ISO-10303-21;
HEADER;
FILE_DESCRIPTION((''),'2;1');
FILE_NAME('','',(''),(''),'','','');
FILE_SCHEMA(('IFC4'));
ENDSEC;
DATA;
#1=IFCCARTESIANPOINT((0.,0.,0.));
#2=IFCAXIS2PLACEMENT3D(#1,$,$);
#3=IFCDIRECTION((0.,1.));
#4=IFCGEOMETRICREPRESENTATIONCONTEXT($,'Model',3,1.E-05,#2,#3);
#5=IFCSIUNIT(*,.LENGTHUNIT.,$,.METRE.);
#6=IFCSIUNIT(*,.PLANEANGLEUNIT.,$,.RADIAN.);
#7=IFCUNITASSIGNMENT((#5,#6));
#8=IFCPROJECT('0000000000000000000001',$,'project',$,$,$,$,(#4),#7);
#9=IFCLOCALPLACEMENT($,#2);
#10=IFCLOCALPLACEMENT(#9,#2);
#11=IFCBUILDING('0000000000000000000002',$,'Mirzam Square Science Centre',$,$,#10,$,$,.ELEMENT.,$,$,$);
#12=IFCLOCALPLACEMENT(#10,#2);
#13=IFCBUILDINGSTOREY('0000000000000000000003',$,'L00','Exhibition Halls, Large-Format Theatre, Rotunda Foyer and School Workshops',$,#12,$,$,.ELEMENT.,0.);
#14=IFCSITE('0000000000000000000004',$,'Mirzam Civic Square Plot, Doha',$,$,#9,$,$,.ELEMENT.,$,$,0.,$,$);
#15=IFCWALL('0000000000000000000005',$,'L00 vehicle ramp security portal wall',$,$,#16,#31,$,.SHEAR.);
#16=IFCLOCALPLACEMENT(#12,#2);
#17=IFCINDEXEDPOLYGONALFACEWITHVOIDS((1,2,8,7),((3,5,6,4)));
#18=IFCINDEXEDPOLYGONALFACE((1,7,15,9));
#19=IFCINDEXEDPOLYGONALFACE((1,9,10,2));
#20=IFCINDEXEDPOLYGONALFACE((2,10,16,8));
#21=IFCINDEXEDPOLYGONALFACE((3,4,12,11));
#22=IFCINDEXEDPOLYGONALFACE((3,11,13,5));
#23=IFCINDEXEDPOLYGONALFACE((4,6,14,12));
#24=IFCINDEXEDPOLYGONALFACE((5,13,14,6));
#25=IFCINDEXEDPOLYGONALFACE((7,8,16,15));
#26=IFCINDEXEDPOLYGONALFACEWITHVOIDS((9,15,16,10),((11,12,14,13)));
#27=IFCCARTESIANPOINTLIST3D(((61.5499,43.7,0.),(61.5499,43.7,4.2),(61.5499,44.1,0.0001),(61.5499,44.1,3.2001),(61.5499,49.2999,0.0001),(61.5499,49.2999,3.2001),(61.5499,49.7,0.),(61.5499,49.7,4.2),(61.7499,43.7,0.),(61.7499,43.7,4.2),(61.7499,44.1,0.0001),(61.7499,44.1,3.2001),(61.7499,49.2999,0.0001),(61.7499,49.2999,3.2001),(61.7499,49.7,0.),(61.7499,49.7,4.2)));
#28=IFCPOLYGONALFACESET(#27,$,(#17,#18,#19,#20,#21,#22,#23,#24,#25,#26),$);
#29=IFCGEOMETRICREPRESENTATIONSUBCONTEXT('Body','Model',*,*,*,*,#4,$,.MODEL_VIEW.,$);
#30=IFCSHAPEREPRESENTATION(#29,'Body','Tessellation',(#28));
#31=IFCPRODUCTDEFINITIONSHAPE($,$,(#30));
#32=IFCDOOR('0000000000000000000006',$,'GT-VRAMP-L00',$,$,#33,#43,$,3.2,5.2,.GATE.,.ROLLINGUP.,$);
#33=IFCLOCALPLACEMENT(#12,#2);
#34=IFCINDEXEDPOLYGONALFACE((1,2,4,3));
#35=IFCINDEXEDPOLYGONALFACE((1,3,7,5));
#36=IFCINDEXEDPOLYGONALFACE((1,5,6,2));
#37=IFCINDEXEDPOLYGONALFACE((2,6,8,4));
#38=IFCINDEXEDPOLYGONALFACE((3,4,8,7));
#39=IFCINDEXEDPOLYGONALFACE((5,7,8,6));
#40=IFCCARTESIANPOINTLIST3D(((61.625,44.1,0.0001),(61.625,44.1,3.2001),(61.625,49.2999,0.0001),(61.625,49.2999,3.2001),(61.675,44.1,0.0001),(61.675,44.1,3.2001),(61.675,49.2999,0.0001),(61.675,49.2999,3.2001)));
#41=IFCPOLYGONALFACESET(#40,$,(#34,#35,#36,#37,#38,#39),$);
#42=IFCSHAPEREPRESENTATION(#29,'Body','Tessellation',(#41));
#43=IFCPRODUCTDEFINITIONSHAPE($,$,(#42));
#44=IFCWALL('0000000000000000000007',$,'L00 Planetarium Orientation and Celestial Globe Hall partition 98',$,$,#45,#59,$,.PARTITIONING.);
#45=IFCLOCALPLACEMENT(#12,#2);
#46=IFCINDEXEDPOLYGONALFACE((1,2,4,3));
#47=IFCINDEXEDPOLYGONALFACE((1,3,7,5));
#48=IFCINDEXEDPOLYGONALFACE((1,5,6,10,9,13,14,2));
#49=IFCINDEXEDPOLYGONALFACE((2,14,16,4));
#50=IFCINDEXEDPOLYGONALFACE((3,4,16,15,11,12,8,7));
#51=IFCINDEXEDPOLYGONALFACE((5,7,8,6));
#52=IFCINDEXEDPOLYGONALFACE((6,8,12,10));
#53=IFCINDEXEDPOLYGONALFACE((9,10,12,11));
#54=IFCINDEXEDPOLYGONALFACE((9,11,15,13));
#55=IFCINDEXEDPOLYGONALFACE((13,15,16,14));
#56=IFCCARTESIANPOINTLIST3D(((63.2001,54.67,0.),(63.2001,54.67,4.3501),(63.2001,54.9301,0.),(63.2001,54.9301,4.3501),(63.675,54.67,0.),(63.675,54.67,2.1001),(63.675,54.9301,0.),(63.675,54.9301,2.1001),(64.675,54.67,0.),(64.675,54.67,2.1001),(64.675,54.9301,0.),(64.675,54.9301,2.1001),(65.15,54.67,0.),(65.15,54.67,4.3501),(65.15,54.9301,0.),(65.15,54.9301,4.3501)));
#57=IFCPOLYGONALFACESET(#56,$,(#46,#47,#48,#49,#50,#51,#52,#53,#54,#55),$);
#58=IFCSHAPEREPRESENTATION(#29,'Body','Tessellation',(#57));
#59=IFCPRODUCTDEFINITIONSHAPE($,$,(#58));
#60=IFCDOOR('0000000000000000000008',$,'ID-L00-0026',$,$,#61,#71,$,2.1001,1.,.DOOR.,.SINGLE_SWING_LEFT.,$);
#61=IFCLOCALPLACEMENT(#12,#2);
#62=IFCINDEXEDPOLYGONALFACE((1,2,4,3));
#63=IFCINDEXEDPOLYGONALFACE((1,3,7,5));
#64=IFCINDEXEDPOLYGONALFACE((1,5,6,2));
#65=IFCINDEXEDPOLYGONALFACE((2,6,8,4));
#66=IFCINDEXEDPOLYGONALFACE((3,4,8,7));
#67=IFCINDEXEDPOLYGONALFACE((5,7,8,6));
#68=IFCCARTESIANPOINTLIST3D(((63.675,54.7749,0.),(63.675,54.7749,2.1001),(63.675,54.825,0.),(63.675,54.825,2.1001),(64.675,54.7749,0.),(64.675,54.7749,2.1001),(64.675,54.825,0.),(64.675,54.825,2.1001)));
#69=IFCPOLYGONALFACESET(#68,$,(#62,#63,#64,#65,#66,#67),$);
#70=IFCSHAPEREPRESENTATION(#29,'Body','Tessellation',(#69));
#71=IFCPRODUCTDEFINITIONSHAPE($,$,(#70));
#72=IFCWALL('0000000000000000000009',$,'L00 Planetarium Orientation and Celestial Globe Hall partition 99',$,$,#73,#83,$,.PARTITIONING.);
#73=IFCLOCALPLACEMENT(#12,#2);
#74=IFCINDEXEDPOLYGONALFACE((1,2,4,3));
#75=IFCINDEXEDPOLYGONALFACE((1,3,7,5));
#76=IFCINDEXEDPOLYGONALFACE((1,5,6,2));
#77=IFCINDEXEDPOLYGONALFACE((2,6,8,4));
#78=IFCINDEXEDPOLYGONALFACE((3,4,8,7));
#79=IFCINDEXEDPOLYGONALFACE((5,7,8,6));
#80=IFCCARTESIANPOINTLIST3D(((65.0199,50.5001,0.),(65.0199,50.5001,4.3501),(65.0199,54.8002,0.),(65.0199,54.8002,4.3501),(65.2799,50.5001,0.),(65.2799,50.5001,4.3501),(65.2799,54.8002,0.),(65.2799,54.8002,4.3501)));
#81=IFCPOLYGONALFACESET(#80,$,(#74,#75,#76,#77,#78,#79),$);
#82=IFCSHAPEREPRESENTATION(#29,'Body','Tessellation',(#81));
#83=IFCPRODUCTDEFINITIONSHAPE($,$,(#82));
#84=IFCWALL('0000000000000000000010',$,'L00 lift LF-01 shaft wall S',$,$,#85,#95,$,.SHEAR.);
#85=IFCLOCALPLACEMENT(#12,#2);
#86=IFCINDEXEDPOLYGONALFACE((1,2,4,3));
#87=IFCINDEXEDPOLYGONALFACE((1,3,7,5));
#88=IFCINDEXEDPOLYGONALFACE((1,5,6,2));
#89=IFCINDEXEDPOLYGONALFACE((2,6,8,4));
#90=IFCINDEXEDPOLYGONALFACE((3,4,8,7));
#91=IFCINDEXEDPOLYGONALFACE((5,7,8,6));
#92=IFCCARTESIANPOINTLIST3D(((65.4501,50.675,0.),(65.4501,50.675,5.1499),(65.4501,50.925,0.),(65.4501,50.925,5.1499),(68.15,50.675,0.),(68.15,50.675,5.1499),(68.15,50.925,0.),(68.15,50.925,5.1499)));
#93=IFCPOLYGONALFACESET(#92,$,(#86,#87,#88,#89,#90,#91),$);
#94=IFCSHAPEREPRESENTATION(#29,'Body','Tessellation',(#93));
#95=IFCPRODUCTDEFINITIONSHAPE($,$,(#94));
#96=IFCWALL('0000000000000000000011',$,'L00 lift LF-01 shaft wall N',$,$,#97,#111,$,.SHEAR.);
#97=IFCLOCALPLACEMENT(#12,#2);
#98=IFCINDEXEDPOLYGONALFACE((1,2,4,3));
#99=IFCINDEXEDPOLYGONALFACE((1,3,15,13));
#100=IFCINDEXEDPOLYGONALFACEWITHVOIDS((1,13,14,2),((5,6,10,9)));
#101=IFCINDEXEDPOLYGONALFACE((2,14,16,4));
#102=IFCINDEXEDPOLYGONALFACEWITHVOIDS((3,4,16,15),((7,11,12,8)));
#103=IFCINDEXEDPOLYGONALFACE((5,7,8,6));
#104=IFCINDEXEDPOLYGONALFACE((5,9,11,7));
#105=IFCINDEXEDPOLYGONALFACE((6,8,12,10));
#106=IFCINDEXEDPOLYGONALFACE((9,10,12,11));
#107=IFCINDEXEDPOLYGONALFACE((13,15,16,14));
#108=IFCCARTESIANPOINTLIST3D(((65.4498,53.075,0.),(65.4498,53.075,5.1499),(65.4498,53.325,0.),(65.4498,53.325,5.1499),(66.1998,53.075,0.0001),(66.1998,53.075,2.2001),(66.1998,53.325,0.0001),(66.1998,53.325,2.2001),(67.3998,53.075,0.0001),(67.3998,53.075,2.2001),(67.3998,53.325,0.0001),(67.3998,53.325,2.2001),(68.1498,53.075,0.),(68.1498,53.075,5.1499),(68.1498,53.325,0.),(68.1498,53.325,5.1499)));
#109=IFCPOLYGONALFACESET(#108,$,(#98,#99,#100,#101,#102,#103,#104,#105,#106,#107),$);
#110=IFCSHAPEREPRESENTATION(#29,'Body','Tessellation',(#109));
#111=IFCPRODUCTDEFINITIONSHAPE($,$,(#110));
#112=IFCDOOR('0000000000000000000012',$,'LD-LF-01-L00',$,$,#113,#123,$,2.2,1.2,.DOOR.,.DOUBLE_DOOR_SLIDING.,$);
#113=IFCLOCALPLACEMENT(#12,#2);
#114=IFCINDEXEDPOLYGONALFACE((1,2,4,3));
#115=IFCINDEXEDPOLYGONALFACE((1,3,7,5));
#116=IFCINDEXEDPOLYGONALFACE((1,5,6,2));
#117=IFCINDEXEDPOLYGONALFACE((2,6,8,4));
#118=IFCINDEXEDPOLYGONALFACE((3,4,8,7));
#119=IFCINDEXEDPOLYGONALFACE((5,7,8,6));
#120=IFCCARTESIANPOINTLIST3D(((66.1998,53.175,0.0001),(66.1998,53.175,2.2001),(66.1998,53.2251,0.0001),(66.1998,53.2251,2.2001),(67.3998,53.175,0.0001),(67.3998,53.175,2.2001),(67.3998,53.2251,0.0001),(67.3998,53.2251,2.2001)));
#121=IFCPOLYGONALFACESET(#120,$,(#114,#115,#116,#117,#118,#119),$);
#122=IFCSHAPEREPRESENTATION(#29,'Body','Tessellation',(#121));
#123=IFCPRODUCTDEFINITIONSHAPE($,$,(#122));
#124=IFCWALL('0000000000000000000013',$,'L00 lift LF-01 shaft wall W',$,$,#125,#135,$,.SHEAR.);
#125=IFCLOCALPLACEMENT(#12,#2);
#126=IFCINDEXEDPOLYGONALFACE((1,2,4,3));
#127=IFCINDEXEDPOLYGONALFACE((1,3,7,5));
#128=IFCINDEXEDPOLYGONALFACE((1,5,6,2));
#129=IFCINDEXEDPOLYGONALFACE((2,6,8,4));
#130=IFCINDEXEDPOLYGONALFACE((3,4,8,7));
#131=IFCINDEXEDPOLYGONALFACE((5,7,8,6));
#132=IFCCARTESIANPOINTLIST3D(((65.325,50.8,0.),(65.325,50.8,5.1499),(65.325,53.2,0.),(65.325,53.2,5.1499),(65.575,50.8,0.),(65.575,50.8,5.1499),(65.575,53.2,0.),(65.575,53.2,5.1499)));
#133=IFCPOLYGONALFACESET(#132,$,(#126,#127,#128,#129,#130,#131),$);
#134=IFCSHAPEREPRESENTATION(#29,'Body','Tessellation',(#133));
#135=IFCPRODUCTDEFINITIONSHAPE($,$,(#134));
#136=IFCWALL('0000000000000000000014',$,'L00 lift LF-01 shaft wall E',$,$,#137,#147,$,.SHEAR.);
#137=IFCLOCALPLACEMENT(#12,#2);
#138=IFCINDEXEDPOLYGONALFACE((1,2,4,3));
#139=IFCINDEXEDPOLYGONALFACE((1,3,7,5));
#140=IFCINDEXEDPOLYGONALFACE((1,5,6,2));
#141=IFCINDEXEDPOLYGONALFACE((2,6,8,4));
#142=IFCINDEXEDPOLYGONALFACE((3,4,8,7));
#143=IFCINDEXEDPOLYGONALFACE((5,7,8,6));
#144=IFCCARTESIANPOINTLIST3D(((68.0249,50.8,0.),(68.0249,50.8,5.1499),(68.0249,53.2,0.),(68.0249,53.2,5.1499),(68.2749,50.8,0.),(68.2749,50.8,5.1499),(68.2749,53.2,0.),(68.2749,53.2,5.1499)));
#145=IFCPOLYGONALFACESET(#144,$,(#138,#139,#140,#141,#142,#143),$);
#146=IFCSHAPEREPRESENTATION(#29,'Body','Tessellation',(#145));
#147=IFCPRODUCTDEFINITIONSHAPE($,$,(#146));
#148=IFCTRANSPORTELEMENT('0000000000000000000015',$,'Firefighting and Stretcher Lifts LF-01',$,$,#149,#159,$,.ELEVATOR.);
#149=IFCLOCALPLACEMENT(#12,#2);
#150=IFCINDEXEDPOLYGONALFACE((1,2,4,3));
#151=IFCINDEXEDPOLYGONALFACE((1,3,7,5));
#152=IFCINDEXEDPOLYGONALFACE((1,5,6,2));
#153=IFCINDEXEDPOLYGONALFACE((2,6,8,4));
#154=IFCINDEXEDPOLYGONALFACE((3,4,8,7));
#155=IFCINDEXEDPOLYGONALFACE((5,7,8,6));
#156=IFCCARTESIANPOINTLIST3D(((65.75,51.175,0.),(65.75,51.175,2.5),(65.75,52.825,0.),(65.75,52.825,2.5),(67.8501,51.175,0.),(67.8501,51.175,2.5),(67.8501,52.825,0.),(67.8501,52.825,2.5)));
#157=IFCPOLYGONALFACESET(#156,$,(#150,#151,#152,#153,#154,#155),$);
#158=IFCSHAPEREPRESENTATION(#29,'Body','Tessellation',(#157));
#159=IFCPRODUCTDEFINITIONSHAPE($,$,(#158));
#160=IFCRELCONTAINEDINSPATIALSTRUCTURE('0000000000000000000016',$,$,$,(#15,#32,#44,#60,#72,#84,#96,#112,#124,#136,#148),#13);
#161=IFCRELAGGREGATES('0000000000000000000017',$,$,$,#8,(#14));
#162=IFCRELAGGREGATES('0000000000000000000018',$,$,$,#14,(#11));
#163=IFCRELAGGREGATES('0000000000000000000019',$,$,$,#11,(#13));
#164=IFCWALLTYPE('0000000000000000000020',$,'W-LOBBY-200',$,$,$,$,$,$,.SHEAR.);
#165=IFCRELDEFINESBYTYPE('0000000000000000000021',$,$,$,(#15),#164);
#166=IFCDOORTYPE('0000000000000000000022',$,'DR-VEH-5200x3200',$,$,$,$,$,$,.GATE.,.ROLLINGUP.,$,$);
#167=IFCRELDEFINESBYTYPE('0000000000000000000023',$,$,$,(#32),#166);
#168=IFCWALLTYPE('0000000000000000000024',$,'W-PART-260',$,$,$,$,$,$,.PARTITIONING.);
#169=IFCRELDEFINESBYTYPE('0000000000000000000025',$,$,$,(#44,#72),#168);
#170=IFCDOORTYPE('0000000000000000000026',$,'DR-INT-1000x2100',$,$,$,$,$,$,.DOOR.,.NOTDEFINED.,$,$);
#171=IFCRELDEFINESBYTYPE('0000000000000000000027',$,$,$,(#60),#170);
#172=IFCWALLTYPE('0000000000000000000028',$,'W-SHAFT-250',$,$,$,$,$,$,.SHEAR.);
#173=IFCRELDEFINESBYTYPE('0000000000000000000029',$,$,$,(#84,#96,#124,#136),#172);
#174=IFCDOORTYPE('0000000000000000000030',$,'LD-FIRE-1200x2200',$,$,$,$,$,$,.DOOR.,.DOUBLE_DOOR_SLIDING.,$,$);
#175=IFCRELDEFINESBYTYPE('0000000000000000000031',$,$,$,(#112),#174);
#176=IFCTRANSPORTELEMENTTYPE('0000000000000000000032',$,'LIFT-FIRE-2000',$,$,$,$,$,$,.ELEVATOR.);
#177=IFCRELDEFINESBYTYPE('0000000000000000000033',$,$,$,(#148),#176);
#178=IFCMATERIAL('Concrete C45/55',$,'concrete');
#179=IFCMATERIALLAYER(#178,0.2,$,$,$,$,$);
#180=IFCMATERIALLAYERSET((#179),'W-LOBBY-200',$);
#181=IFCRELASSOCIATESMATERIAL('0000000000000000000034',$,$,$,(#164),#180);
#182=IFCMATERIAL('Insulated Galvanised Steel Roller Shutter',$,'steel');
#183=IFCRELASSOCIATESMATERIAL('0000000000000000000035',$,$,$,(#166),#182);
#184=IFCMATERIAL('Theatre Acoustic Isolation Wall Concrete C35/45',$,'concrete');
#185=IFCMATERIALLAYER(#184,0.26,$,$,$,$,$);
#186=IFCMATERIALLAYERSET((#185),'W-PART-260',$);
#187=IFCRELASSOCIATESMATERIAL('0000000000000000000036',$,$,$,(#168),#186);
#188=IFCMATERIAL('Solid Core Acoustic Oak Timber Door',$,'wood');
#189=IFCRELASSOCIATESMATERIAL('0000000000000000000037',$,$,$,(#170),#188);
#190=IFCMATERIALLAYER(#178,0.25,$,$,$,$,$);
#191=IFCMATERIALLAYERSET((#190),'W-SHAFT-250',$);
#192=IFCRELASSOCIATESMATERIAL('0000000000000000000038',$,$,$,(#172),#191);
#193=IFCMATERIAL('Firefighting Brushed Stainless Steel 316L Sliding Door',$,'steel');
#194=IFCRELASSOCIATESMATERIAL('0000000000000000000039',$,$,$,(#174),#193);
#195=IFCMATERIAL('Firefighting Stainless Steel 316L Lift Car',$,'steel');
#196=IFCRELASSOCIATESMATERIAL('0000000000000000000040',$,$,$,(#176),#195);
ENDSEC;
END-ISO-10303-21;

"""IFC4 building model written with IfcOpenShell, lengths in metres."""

from ifc_helpers import new_model, si_unit, direction, frame, frame_2d, origin, origin_2d, place, context, subcontext, project, spatial, rectangle, extrude, material, layer, layer_set, type_object, element, fill, save


model = new_model("IFC4")

# Units and contexts
model_context = context("Model", 3, precision=1e-05, world=origin(), true_north=direction((0.0, 1.0)))
body_context = subcontext(model_context, "Body", "Model", "MODEL_VIEW")
ifc_project = project(units=[si_unit("LENGTHUNIT", "METRE"), si_unit("PLANEANGLEUNIT", "RADIAN")], contexts=[model_context])

# Site, building, storey
site_placement = place(None, origin())
site = spatial("IfcSite", under=ifc_project, at=site_placement, Name="Mirzam Civic Square Plot, Doha", CompositionType="ELEMENT", RefElevation=0.0)
building_placement = place(site_placement, origin())
building = spatial("IfcBuilding", under=site, at=building_placement, Name="Mirzam Square Science Centre", CompositionType="ELEMENT")
storey_placement = place(building_placement, origin())
storey = spatial("IfcBuildingStorey", under=building, at=storey_placement, Name="L00", Description="Exhibition Halls, Large-Format Theatre, Rotunda Foyer and School Workshops", CompositionType="ELEMENT", Elevation=0.0)

# Shared definitions
ifc_material_1 = material(Name="Concrete C45/55", Category="concrete")

# Shared definitions
ifc_layer_1 = layer(ifc_material_1, 0.2)
ifc_layer_set_1 = layer_set([ifc_layer_1], Name="W-LOBBY-200")
wall_type_1 = type_object("IfcWallType", Name="W-LOBBY-200", PredefinedType="SHEAR", material=ifc_layer_set_1)

# Walls, openings, doors
wall_1_placement = place(storey_placement, frame((61.6499, 43.7, 0.0), z_axis=(0.0, 0.0, 1.0), x_axis=(0.0, 1.0, 0.0)))
wall_1 = element("IfcWall", 1, at=wall_1_placement, inside=storey, type_object=wall_type_1, Name="L00 vehicle ramp security portal wall", PredefinedType="SHEAR", context=body_context, shape_type="SweptSolid", body=[
    extrude(rectangle(XDim=6.0, YDim=0.2, at=frame_2d((3.0, 0.0))), origin(), (0.0, 0.0, 1.0), 4.2),
])
opening_1_placement = place(wall_1_placement, frame((0.3999, 0.0, 0.0)))
opening_1 = element("IfcOpeningElement", 2, at=opening_1_placement, cuts=wall_1, PredefinedType="OPENING", context=body_context, shape_type="SweptSolid", body=[
    extrude(rectangle(XDim=5.2, YDim=3.2, at=frame_2d((2.6001, 1.6001))), frame((0.0, 0.1099, 0.0), z_axis=(0.0, -1.0, 0.0), x_axis=(1.0, 0.0, 0.0)), (0.0, 0.0, 1.0), 0.22),
])
ifc_material_2 = material(Name="Insulated Galvanised Steel Roller Shutter", Category="steel")
door_type_1 = type_object("IfcDoorType", Name="DR-VEH-5200x3200", OperationType="ROLLINGUP", PredefinedType="GATE", material=ifc_material_2)
door_1_placement = place(opening_1_placement, origin())
door_1 = element("IfcDoor", 3, at=door_1_placement, inside=storey, type_object=door_type_1, Name="GT-VRAMP-L00", OperationType="ROLLINGUP", OverallHeight=3.2, OverallWidth=5.2, PredefinedType="GATE", context=body_context, shape_type="SweptSolid", body=[
    extrude(rectangle(XDim=5.2, YDim=3.2, at=frame_2d((2.6001, 1.6001))), frame((0.0, 0.0249, 0.0), z_axis=(0.0, -1.0, 0.0), x_axis=(1.0, 0.0, 0.0)), (0.0, 0.0, 1.0), 0.05),
])
fill(opening_1, door_1)
ifc_material_3 = material(Name="Theatre Acoustic Isolation Wall Concrete C35/45", Category="concrete")
ifc_layer_2 = layer(ifc_material_3, 0.26)
ifc_layer_set_2 = layer_set([ifc_layer_2], Name="W-PART-260")
wall_type_2 = type_object("IfcWallType", Name="W-PART-260", PredefinedType="PARTITIONING", material=ifc_layer_set_2)
wall_2_placement = place(storey_placement, frame((63.2, 54.8, 0.0), z_axis=(0.0, 0.0, 1.0), x_axis=(1.0, 0.0, 0.0)))
wall_2 = element("IfcWall", 4, at=wall_2_placement, inside=storey, type_object=wall_type_2, Name="L00 Planetarium Orientation and Celestial Globe Hall partition 98", PredefinedType="PARTITIONING", context=body_context, shape_type="SweptSolid", body=[
    extrude(rectangle(XDim=1.95, YDim=0.26, at=frame_2d((0.9751, 0.0))), origin(), (0.0, 0.0, 1.0), 4.3501),
])
opening_2_placement = place(wall_2_placement, frame((0.4751, 0.0, 0.0)))
opening_2 = element("IfcOpeningElement", 5, at=opening_2_placement, cuts=wall_2, PredefinedType="OPENING", context=body_context, shape_type="SweptSolid", body=[
    extrude(rectangle(XDim=1.0, YDim=2.1001, at=frame_2d((0.5, 1.05))), frame((0.0, 0.1399, 0.0), z_axis=(0.0, -1.0, 0.0), x_axis=(1.0, 0.0, 0.0)), (0.0, 0.0, 1.0), 0.28),
])
ifc_material_4 = material(Name="Solid Core Acoustic Oak Timber Door", Category="wood")
door_type_2 = type_object("IfcDoorType", Name="DR-INT-1000x2100", OperationType="NOTDEFINED", PredefinedType="DOOR", material=ifc_material_4)
door_2_placement = place(opening_2_placement, origin())
door_2 = element("IfcDoor", 6, at=door_2_placement, inside=storey, type_object=door_type_2, Name="ID-L00-0026", OperationType="SINGLE_SWING_LEFT", OverallHeight=2.1001, OverallWidth=1.0, PredefinedType="DOOR", context=body_context, shape_type="SweptSolid", body=[
    extrude(rectangle(XDim=1.0, YDim=2.1001, at=frame_2d((0.5, 1.05))), frame((0.0, 0.0249, 0.0), z_axis=(0.0, -1.0, 0.0), x_axis=(1.0, 0.0, 0.0)), (0.0, 0.0, 1.0), 0.05),
])
fill(opening_2, door_2)

# Walls
wall_3_placement = place(storey_placement, frame((65.1499, 54.8, 0.0), z_axis=(0.0, 0.0, 1.0), x_axis=(0.0, -1.0, 0.0)))
element("IfcWall", 7, at=wall_3_placement, inside=storey, type_object=wall_type_2, Name="L00 Planetarium Orientation and Celestial Globe Hall partition 99", PredefinedType="PARTITIONING", context=body_context, shape_type="SweptSolid", body=[
    extrude(rectangle(XDim=4.3, YDim=0.26, at=frame_2d((2.1499, 0.0))), origin(), (0.0, 0.0, 1.0), 4.3501),
])
ifc_layer_3 = layer(ifc_material_1, 0.25)
ifc_layer_set_3 = layer_set([ifc_layer_3], Name="W-SHAFT-250")
wall_type_3 = type_object("IfcWallType", Name="W-SHAFT-250", PredefinedType="SHEAR", material=ifc_layer_set_3)
wall_4_placement = place(storey_placement, frame((65.45, 50.8, 0.0), z_axis=(0.0, 0.0, 1.0), x_axis=(1.0, 0.0, 0.0)))
element("IfcWall", 8, at=wall_4_placement, inside=storey, type_object=wall_type_3, Name="L00 lift LF-01 shaft wall S", PredefinedType="SHEAR", context=body_context, shape_type="SweptSolid", body=[
    extrude(rectangle(XDim=2.7, YDim=0.25, at=frame_2d((1.3501, 0.0))), origin(), (0.0, 0.0, 1.0), 5.1499),
])

# Wall, opening, door
wall_5_placement = place(storey_placement, frame((68.1499, 53.2, 0.0), z_axis=(0.0, 0.0, 1.0), x_axis=(-1.0, 0.0, 0.0)))
wall_5 = element("IfcWall", 9, at=wall_5_placement, inside=storey, type_object=wall_type_3, Name="L00 lift LF-01 shaft wall N", PredefinedType="SHEAR", context=body_context, shape_type="SweptSolid", body=[
    extrude(rectangle(XDim=2.7, YDim=0.25, at=frame_2d((1.3501, 0.0))), origin(), (0.0, 0.0, 1.0), 5.1499),
])
opening_3_placement = place(wall_5_placement, frame((0.75, 0.0, 0.0)))
opening_3 = element("IfcOpeningElement", 10, at=opening_3_placement, cuts=wall_5, PredefinedType="OPENING", context=body_context, shape_type="SweptSolid", body=[
    extrude(rectangle(XDim=1.2, YDim=2.2, at=frame_2d((0.6001, 1.1001))), frame((0.0, 0.135, 0.0), z_axis=(0.0, -1.0, 0.0), x_axis=(1.0, 0.0, 0.0)), (0.0, 0.0, 1.0), 0.27),
])
ifc_material_5 = material(Name="Firefighting Brushed Stainless Steel 316L Sliding Door", Category="steel")
door_type_3 = type_object("IfcDoorType", Name="LD-FIRE-1200x2200", OperationType="DOUBLE_DOOR_SLIDING", PredefinedType="DOOR", material=ifc_material_5)
door_3_placement = place(opening_3_placement, origin())
door_3 = element("IfcDoor", 11, at=door_3_placement, inside=storey, type_object=door_type_3, Name="LD-LF-01-L00", OperationType="DOUBLE_DOOR_SLIDING", OverallHeight=2.2, OverallWidth=1.2, PredefinedType="DOOR", context=body_context, shape_type="SweptSolid", body=[
    extrude(rectangle(XDim=1.2, YDim=2.2, at=frame_2d((0.6001, 1.1001))), frame((0.0, 0.0249, 0.0), z_axis=(0.0, -1.0, 0.0), x_axis=(1.0, 0.0, 0.0)), (0.0, 0.0, 1.0), 0.05),
])
fill(opening_3, door_3)

# Walls
for number, where, z_axis, x_axis, name in (
    (12, (65.45, 53.2, 0.0), (0.0, 0.0, 1.0), (0.0, -1.0, 0.0), "L00 lift LF-01 shaft wall W"),
    (13, (68.1499, 50.8, 0.0), (0.0, 0.0, 1.0), (0.0, 1.0, 0.0), "L00 lift LF-01 shaft wall E"),
):
    element("IfcWall", number, at=place(storey_placement, frame(where, z_axis=z_axis, x_axis=x_axis)), inside=storey, type_object=wall_type_3, Name=name, PredefinedType="SHEAR", context=body_context, shape_type="SweptSolid", body=[
        extrude(rectangle(XDim=2.3999, YDim=0.25, at=frame_2d((1.2, 0.0))), origin(), (0.0, 0.0, 1.0), 5.1499),
    ])

# Transport element
ifc_material_6 = material(Name="Firefighting Stainless Steel 316L Lift Car", Category="steel")
transport_element_type = type_object("IfcTransportElementType", Name="LIFT-FIRE-2000", PredefinedType="ELEVATOR", material=ifc_material_6)
transport_element_placement = place(storey_placement, frame((66.8, 52.0, 0.0), z_axis=(0.0, 0.0, 1.0), x_axis=(1.0, 0.0, 0.0)))
element("IfcTransportElement", 14, at=transport_element_placement, inside=storey, type_object=transport_element_type, Name="Firefighting and Stretcher Lifts LF-01", PredefinedType="ELEVATOR", context=body_context, shape_type="SweptSolid", body=[
    extrude(rectangle(XDim=2.1001, YDim=1.6499, at=origin_2d()), origin(), (0.0, 0.0, 1.0), 2.5),
])

save(model, "model.ifc")
